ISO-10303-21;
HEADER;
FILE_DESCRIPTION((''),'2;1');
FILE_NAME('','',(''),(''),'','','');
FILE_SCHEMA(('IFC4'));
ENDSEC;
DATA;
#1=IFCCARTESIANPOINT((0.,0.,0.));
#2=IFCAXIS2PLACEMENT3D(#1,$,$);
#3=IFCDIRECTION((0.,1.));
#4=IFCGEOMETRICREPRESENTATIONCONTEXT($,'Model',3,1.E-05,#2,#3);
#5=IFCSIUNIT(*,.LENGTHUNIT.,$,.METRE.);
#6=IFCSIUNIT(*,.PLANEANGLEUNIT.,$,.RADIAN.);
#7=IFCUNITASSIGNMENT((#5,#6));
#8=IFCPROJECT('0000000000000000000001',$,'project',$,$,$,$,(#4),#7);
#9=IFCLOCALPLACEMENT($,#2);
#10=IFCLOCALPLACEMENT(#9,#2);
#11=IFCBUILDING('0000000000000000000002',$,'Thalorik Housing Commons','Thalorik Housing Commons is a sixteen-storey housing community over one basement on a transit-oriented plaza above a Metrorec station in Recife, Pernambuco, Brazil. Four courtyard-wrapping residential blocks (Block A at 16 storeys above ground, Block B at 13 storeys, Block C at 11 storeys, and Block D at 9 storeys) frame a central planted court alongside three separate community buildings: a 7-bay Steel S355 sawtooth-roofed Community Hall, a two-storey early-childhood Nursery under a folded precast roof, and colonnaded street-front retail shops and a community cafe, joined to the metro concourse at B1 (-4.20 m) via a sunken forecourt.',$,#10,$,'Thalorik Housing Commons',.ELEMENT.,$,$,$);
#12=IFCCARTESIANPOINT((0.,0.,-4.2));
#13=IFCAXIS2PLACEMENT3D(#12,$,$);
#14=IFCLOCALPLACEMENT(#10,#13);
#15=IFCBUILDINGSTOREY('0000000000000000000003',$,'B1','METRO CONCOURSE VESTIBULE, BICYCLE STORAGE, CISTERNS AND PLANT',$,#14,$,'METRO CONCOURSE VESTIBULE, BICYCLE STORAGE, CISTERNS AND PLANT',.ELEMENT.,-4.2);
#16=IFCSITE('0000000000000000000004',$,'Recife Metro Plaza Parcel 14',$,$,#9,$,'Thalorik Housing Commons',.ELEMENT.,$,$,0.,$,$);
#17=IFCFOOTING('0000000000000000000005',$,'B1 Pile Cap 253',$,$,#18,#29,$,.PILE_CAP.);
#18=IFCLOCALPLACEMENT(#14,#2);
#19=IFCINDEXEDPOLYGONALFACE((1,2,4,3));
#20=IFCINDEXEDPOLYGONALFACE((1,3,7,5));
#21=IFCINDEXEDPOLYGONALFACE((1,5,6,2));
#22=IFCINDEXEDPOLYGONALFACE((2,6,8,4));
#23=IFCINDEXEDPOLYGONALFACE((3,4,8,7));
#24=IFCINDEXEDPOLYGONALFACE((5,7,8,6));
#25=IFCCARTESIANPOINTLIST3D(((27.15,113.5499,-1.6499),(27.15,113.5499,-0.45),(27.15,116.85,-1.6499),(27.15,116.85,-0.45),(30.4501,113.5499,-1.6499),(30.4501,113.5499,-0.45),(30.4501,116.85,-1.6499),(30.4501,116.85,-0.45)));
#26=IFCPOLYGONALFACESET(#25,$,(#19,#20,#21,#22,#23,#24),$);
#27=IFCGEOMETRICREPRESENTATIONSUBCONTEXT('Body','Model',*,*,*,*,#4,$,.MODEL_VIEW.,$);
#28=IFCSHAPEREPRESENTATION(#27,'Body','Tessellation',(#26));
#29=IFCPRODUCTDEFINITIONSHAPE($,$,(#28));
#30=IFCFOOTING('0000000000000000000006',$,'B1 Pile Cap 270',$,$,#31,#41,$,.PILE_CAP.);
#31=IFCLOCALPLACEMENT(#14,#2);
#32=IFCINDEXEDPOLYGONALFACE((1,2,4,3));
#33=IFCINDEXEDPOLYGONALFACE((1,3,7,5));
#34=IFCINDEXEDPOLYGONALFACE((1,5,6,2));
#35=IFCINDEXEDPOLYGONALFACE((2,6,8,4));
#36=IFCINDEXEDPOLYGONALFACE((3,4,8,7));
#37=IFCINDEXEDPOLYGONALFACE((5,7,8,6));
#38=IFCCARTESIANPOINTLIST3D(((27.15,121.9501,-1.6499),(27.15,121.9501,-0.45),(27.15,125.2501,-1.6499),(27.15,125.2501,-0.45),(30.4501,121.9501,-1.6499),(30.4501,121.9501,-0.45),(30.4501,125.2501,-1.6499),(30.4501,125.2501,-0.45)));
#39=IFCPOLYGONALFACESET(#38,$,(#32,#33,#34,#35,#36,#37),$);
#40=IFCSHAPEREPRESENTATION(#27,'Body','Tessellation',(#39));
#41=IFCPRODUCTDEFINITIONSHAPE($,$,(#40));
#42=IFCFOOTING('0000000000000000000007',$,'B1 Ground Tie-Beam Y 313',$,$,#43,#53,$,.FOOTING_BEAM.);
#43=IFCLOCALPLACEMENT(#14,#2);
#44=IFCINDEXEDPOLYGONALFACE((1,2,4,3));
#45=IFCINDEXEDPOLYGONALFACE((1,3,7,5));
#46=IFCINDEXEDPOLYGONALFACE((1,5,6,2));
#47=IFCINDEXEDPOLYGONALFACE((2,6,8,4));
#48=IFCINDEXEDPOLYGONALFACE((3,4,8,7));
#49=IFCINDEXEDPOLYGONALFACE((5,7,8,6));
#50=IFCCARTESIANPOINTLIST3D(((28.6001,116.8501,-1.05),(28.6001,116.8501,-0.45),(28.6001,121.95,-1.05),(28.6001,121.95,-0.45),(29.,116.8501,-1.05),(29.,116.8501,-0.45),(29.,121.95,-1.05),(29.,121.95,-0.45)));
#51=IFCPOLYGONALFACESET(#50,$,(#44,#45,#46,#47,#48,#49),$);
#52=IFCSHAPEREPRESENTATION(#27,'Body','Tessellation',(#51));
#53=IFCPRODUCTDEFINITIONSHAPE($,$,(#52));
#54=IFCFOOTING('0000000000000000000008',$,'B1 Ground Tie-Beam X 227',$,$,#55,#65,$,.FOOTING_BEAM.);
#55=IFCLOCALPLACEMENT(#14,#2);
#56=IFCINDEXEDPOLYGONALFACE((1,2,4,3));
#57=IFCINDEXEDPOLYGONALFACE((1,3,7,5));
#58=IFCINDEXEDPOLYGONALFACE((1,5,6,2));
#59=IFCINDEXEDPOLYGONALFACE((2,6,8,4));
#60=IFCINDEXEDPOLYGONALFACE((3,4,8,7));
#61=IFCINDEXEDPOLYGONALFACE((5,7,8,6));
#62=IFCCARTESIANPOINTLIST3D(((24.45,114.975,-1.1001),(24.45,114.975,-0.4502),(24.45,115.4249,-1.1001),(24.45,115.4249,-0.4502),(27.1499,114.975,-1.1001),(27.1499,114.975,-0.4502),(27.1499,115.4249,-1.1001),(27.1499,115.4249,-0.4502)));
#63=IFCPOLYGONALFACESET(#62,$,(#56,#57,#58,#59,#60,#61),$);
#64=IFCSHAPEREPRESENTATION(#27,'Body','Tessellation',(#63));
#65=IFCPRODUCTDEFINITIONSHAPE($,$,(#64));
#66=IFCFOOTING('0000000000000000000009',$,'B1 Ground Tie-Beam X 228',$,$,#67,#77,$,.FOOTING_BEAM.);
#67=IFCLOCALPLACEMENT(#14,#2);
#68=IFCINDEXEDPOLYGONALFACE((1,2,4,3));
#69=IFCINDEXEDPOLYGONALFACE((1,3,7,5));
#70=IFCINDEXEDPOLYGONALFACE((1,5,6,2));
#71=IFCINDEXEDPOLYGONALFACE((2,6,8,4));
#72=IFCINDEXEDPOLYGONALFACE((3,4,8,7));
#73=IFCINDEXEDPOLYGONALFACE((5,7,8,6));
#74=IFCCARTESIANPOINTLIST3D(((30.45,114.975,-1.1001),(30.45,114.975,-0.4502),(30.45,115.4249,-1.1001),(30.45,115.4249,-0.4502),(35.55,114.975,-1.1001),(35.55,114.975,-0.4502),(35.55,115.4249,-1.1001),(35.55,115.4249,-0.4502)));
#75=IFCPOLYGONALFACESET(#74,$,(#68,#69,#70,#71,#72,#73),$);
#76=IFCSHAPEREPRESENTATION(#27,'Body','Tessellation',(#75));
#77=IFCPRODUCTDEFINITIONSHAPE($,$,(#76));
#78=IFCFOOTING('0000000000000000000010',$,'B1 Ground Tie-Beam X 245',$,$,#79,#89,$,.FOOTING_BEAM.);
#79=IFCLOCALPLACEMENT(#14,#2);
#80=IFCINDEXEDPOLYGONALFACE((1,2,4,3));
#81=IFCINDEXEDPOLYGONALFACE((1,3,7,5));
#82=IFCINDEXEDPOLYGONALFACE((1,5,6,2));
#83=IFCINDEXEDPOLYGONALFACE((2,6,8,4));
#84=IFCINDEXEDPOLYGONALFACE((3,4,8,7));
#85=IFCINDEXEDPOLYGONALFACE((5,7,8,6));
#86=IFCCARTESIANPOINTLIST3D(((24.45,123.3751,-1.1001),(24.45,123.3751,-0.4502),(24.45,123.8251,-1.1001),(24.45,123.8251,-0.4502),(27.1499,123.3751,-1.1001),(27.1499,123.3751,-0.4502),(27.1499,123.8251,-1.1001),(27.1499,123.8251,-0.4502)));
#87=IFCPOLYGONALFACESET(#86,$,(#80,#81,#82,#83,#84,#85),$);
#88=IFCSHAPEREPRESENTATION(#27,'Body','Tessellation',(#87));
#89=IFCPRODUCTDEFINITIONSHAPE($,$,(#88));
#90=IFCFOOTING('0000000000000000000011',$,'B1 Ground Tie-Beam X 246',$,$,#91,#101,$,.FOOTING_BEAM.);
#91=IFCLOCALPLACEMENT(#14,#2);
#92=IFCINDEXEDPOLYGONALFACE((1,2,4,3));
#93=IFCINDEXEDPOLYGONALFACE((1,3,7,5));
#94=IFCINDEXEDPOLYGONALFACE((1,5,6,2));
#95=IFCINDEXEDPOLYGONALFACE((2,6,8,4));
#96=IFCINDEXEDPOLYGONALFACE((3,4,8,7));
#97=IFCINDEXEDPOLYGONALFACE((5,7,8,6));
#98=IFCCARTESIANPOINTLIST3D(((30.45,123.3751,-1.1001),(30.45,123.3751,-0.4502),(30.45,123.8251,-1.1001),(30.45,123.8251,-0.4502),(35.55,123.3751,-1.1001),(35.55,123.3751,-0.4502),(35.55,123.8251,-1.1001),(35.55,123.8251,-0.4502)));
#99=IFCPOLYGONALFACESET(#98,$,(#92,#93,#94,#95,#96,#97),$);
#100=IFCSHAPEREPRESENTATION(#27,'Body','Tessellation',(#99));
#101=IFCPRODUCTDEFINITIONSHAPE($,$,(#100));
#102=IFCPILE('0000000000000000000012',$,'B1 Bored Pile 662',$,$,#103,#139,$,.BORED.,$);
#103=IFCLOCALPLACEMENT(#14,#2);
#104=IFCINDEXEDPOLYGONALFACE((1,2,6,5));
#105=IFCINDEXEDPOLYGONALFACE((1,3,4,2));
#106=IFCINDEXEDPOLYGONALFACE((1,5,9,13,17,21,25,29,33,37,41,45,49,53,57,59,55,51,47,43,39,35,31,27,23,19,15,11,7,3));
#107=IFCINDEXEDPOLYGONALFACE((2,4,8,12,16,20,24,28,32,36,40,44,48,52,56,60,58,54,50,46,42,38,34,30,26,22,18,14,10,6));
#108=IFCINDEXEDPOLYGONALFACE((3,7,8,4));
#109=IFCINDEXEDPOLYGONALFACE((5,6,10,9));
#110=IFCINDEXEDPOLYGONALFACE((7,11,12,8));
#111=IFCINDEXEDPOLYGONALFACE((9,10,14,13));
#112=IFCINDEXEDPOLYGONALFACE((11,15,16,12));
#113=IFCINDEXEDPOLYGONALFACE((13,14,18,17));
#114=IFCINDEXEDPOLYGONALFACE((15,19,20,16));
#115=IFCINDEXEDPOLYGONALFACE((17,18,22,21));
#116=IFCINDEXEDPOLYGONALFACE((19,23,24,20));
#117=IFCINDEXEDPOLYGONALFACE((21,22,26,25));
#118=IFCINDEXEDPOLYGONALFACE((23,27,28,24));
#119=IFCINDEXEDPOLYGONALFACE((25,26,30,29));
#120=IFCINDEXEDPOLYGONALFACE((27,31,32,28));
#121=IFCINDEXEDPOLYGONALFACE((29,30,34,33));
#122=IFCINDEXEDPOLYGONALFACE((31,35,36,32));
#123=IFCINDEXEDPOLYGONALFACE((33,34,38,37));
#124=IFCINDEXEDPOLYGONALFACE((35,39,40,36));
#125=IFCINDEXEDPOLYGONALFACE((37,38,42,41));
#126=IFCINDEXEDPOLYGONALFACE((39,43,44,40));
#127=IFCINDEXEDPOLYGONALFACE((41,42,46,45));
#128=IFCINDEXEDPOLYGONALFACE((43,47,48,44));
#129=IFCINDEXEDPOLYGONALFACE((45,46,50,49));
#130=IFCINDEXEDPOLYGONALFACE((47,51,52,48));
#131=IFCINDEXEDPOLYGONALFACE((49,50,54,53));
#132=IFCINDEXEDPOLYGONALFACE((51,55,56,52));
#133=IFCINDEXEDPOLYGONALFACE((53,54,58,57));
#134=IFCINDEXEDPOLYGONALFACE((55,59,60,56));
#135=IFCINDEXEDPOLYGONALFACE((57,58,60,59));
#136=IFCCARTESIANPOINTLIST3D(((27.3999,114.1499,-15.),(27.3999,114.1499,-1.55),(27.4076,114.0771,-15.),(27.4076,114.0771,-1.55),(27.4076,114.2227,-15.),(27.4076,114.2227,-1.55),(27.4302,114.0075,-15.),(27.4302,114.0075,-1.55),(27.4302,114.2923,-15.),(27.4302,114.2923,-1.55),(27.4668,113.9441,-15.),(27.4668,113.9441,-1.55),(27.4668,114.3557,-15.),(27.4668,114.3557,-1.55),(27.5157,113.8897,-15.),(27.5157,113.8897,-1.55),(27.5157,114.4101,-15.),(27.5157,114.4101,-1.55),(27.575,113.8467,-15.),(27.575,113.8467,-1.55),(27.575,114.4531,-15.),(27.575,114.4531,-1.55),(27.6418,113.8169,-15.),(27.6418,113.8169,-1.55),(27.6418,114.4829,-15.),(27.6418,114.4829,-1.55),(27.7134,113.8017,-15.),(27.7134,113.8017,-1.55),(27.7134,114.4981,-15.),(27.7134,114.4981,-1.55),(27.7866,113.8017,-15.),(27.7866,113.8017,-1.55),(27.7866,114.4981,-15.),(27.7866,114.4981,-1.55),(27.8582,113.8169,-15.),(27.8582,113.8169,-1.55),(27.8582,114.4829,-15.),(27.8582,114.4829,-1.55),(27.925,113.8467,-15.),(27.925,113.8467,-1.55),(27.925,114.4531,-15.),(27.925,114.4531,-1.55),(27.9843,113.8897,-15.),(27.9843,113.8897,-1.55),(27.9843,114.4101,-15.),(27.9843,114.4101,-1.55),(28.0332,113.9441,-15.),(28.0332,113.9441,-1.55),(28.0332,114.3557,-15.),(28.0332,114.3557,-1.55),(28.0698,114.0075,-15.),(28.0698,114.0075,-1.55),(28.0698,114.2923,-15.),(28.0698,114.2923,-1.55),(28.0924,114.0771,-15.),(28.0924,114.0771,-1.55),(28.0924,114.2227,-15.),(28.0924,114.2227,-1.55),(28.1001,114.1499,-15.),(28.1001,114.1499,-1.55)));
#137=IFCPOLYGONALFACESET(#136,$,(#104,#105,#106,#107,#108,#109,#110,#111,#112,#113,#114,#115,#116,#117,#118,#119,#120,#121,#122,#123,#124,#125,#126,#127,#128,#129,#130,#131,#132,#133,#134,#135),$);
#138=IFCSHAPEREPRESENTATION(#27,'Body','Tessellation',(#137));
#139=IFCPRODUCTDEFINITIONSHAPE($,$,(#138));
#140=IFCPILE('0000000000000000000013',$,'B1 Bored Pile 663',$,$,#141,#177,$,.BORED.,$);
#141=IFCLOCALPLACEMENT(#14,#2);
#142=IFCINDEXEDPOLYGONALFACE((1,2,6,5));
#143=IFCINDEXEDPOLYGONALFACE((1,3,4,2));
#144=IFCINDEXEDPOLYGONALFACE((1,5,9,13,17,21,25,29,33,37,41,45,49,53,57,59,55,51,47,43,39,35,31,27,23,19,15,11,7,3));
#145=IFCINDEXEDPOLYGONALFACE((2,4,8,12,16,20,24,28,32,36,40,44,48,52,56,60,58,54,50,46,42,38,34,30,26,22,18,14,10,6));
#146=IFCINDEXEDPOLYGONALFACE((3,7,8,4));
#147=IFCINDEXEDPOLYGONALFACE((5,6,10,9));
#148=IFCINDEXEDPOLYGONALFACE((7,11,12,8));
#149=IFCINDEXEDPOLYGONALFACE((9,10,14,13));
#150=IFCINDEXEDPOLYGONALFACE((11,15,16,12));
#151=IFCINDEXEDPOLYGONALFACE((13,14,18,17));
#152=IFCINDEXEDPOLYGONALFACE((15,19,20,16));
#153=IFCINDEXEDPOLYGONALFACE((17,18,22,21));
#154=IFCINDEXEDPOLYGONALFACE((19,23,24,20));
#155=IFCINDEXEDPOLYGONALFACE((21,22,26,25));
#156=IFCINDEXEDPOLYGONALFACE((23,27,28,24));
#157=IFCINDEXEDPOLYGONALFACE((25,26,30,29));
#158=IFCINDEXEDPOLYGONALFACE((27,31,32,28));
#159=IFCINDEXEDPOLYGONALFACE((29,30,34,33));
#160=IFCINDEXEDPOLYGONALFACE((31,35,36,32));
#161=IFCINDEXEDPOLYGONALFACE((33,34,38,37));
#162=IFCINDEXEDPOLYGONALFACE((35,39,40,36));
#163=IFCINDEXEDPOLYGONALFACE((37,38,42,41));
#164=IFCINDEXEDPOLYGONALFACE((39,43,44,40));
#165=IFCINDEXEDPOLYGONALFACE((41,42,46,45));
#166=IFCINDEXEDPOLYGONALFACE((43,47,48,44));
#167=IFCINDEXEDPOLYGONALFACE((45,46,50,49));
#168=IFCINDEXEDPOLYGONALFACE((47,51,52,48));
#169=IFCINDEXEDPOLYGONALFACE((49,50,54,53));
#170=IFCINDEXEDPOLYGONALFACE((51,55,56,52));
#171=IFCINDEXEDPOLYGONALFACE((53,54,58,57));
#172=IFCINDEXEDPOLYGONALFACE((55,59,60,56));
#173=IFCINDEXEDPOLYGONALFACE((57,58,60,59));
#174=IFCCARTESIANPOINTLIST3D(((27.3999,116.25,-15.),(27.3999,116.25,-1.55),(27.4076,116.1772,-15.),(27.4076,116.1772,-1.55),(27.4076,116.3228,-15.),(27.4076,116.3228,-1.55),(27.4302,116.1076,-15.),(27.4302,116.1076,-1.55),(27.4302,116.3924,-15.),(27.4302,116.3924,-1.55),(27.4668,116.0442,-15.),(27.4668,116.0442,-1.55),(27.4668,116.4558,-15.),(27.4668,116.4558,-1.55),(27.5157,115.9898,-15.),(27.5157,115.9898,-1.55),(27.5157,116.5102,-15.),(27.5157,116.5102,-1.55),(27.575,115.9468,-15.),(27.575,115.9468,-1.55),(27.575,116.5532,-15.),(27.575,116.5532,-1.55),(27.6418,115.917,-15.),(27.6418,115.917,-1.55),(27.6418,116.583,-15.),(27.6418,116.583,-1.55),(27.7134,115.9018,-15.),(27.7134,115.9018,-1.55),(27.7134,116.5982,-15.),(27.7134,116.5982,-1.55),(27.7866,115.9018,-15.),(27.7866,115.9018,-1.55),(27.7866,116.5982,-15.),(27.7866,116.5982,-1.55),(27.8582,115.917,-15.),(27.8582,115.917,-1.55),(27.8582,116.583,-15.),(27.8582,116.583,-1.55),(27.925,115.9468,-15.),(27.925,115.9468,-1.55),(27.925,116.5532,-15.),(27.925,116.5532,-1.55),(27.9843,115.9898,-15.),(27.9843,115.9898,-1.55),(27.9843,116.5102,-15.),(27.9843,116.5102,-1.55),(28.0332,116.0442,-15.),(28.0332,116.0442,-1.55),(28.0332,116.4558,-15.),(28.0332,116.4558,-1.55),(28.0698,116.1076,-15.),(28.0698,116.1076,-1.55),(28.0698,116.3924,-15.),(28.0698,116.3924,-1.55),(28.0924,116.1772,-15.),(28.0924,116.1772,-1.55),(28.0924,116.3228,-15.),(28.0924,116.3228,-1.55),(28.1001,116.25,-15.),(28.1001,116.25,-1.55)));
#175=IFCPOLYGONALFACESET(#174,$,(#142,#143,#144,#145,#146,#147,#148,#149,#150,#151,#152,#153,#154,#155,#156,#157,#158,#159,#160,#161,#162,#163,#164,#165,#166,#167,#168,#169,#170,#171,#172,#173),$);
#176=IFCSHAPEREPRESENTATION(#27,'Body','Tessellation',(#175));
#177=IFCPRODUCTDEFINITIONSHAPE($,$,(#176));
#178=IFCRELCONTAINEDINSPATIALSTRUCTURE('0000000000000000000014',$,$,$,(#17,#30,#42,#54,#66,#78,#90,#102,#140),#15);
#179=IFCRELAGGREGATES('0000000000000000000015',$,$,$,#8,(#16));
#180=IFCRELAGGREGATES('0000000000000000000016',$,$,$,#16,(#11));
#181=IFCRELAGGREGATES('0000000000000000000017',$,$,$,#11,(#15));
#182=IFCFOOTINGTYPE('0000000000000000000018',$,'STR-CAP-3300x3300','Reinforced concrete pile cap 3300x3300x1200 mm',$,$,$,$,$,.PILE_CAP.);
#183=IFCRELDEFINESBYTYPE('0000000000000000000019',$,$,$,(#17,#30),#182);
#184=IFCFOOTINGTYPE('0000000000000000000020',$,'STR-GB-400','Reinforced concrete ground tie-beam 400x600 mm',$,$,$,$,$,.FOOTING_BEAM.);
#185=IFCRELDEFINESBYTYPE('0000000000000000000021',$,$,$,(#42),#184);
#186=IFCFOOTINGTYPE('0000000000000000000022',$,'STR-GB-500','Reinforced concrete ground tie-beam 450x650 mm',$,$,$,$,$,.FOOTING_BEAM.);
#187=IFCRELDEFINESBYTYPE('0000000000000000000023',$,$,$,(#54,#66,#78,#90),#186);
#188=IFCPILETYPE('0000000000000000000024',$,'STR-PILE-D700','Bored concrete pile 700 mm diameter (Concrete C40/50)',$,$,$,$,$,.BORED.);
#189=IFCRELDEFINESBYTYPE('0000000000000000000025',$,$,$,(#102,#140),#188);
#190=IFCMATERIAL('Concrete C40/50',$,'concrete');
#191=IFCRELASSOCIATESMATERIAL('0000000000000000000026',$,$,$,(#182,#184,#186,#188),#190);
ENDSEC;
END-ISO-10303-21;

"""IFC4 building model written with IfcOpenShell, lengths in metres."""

from ifc_helpers import new_model, si_unit, direction, frame, origin, origin_2d, place, context, subcontext, project, spatial, rectangle, circle, extrude, material, material_profile, profile_set, type_object, element, save


model = new_model("IFC4")

# Units and contexts
model_context = context("Model", 3, precision=1e-05, world=origin(), true_north=direction((0.0, 1.0)))
body_context = subcontext(model_context, "Body", "Model", "MODEL_VIEW")
ifc_project = project(units=[si_unit("LENGTHUNIT", "METRE"), si_unit("PLANEANGLEUNIT", "RADIAN")], contexts=[model_context])

# Site, building, storey
site_placement = place(None, origin())
site = spatial("IfcSite", under=ifc_project, at=site_placement, Name="Recife Metro Plaza Parcel 14", LongName="Thalorik Housing Commons", CompositionType="ELEMENT", RefElevation=0.0)
building_placement = place(site_placement, origin())
building = spatial("IfcBuilding", under=site, at=building_placement, Name="Thalorik Housing Commons", Description="Thalorik Housing Commons is a sixteen-storey housing community over one basement on a transit-oriented plaza above a Metrorec station in Recife, Pernambuco, Brazil. Four courtyard-wrapping residential blocks (Block A at 16 storeys above ground, Block B at 13 storeys, Block C at 11 storeys, and Block D at 9 storeys) frame a central planted court alongside three separate community buildings: a 7-bay Steel S355 sawtooth-roofed Community Hall, a two-storey early-childhood Nursery under a folded precast roof, and colonnaded street-front retail shops and a community cafe, joined to the metro concourse at B1 (-4.20 m) via a sunken forecourt.", LongName="Thalorik Housing Commons", CompositionType="ELEMENT")
storey_placement = place(building_placement, frame((0.0, 0.0, -4.2)))
storey = spatial("IfcBuildingStorey", under=building, at=storey_placement, Name="B1", Description="METRO CONCOURSE VESTIBULE, BICYCLE STORAGE, CISTERNS AND PLANT", LongName="METRO CONCOURSE VESTIBULE, BICYCLE STORAGE, CISTERNS AND PLANT", CompositionType="ELEMENT", Elevation=-4.2)

# Footings
ifc_material_1 = material(Name="Concrete C40/50", Category="concrete")
footing_type_1 = type_object("IfcFootingType", Name="STR-CAP-3300x3300", Description="Reinforced concrete pile cap 3300x3300x1200 mm", PredefinedType="PILE_CAP", material=ifc_material_1)
for number, where, z_axis, x_axis, name in (
    (1, (28.8, 115.2, -1.6499), (0.0, 0.0, 1.0), (1.0, 0.0, 0.0), "B1 Pile Cap 253"),
    (2, (28.8, 123.6001, -1.6499), (0.0, 0.0, 1.0), (1.0, 0.0, 0.0), "B1 Pile Cap 270"),
):
    element("IfcFooting", number, at=place(storey_placement, frame(where, z_axis=z_axis, x_axis=x_axis)), inside=storey, type_object=footing_type_1, Name=name, PredefinedType="PILE_CAP", context=body_context, shape_type="SweptSolid", body=[
        extrude(rectangle(XDim=3.3, YDim=3.3, at=origin_2d()), origin(), (0.0, 0.0, 1.0), 1.2),
    ])
ifc_material_profile_1 = material_profile(ifc_material_1, rectangle(XDim=0.3999, YDim=0.6001, at=origin_2d()), Name="RC 400x600", Category="concrete")
ifc_profile_set_1 = profile_set([ifc_material_profile_1], Name="Concrete C40/50")
footing_type_2 = type_object("IfcFootingType", Name="STR-GB-400", Description="Reinforced concrete ground tie-beam 400x600 mm", PredefinedType="FOOTING_BEAM", material=ifc_profile_set_1)
footing_1_placement = place(storey_placement, frame((28.8, 116.8501, -0.75), z_axis=(0.0, 1.0, 0.0), x_axis=(-1.0, 0.0, 0.0)))
element("IfcFooting", 3, at=footing_1_placement, inside=storey, type_object=footing_type_2, Name="B1 Ground Tie-Beam Y 313", PredefinedType="FOOTING_BEAM", context=body_context, shape_type="SweptSolid", body=[
    extrude(rectangle(XDim=0.3999, YDim=0.6001, at=origin_2d()), origin(), (0.0, 0.0, 1.0), 5.0999),
])
ifc_material_profile_2 = material_profile(ifc_material_1, rectangle(XDim=0.45, YDim=0.6499, at=origin_2d()), Name="RC 450x650", Category="concrete")
ifc_profile_set_2 = profile_set([ifc_material_profile_2], Name="Concrete C40/50")
footing_type_3 = type_object("IfcFootingType", Name="STR-GB-500", Description="Reinforced concrete ground tie-beam 450x650 mm", PredefinedType="FOOTING_BEAM", material=ifc_profile_set_2)
footing_2_placement = place(storey_placement, frame((24.45, 115.2, -0.7751), z_axis=(1.0, 0.0, 0.0), x_axis=(0.0, 1.0, 0.0)))
element("IfcFooting", 4, at=footing_2_placement, inside=storey, type_object=footing_type_3, Name="B1 Ground Tie-Beam X 227", PredefinedType="FOOTING_BEAM", context=body_context, shape_type="SweptSolid", body=[
    extrude(rectangle(XDim=0.45, YDim=0.6499, at=origin_2d()), origin(), (0.0, 0.0, 1.0), 2.7),
])
footing_3_placement = place(storey_placement, frame((30.45, 115.2, -0.7751), z_axis=(1.0, 0.0, 0.0), x_axis=(0.0, 1.0, 0.0)))
element("IfcFooting", 5, at=footing_3_placement, inside=storey, type_object=footing_type_3, Name="B1 Ground Tie-Beam X 228", PredefinedType="FOOTING_BEAM", context=body_context, shape_type="SweptSolid", body=[
    extrude(rectangle(XDim=0.45, YDim=0.6499, at=origin_2d()), origin(), (0.0, 0.0, 1.0), 5.1001),
])
footing_4_placement = place(storey_placement, frame((24.45, 123.6001, -0.7751), z_axis=(1.0, 0.0, 0.0), x_axis=(0.0, 1.0, 0.0)))
element("IfcFooting", 6, at=footing_4_placement, inside=storey, type_object=footing_type_3, Name="B1 Ground Tie-Beam X 245", PredefinedType="FOOTING_BEAM", context=body_context, shape_type="SweptSolid", body=[
    extrude(rectangle(XDim=0.45, YDim=0.6499, at=origin_2d()), origin(), (0.0, 0.0, 1.0), 2.7),
])
footing_5_placement = place(storey_placement, frame((30.45, 123.6001, -0.7751), z_axis=(1.0, 0.0, 0.0), x_axis=(0.0, 1.0, 0.0)))
element("IfcFooting", 7, at=footing_5_placement, inside=storey, type_object=footing_type_3, Name="B1 Ground Tie-Beam X 246", PredefinedType="FOOTING_BEAM", context=body_context, shape_type="SweptSolid", body=[
    extrude(rectangle(XDim=0.45, YDim=0.6499, at=origin_2d()), origin(), (0.0, 0.0, 1.0), 5.1001),
])

# Piles
ifc_material_profile_3 = material_profile(ifc_material_1, circle(Radius=0.3501, at=origin_2d()), Name="BORED PILE D700", Category="concrete")
ifc_profile_set_3 = profile_set([ifc_material_profile_3], Name="Concrete C40/50")
pile_type_1 = type_object("IfcPileType", Name="STR-PILE-D700", Description="Bored concrete pile 700 mm diameter (Concrete C40/50)", PredefinedType="BORED", material=ifc_profile_set_3)
for number, where, z_axis, x_axis, name in (
    (8, (27.75, 114.1499, -1.55), (0.0, 0.0, -1.0), (1.0, 0.0, 0.0), "B1 Bored Pile 662"),
    (9, (27.75, 116.25, -1.55), (0.0, 0.0, -1.0), (1.0, 0.0, 0.0), "B1 Bored Pile 663"),
):
    element("IfcPile", number, at=place(storey_placement, frame(where, z_axis=z_axis, x_axis=x_axis)), inside=storey, type_object=pile_type_1, Name=name, PredefinedType="BORED", context=body_context, shape_type="SweptSolid", body=[
        extrude(circle(Radius=0.3501, at=origin_2d()), origin(), (0.0, 0.0, 1.0), 13.45),
    ])

save(model, "model.ifc")
